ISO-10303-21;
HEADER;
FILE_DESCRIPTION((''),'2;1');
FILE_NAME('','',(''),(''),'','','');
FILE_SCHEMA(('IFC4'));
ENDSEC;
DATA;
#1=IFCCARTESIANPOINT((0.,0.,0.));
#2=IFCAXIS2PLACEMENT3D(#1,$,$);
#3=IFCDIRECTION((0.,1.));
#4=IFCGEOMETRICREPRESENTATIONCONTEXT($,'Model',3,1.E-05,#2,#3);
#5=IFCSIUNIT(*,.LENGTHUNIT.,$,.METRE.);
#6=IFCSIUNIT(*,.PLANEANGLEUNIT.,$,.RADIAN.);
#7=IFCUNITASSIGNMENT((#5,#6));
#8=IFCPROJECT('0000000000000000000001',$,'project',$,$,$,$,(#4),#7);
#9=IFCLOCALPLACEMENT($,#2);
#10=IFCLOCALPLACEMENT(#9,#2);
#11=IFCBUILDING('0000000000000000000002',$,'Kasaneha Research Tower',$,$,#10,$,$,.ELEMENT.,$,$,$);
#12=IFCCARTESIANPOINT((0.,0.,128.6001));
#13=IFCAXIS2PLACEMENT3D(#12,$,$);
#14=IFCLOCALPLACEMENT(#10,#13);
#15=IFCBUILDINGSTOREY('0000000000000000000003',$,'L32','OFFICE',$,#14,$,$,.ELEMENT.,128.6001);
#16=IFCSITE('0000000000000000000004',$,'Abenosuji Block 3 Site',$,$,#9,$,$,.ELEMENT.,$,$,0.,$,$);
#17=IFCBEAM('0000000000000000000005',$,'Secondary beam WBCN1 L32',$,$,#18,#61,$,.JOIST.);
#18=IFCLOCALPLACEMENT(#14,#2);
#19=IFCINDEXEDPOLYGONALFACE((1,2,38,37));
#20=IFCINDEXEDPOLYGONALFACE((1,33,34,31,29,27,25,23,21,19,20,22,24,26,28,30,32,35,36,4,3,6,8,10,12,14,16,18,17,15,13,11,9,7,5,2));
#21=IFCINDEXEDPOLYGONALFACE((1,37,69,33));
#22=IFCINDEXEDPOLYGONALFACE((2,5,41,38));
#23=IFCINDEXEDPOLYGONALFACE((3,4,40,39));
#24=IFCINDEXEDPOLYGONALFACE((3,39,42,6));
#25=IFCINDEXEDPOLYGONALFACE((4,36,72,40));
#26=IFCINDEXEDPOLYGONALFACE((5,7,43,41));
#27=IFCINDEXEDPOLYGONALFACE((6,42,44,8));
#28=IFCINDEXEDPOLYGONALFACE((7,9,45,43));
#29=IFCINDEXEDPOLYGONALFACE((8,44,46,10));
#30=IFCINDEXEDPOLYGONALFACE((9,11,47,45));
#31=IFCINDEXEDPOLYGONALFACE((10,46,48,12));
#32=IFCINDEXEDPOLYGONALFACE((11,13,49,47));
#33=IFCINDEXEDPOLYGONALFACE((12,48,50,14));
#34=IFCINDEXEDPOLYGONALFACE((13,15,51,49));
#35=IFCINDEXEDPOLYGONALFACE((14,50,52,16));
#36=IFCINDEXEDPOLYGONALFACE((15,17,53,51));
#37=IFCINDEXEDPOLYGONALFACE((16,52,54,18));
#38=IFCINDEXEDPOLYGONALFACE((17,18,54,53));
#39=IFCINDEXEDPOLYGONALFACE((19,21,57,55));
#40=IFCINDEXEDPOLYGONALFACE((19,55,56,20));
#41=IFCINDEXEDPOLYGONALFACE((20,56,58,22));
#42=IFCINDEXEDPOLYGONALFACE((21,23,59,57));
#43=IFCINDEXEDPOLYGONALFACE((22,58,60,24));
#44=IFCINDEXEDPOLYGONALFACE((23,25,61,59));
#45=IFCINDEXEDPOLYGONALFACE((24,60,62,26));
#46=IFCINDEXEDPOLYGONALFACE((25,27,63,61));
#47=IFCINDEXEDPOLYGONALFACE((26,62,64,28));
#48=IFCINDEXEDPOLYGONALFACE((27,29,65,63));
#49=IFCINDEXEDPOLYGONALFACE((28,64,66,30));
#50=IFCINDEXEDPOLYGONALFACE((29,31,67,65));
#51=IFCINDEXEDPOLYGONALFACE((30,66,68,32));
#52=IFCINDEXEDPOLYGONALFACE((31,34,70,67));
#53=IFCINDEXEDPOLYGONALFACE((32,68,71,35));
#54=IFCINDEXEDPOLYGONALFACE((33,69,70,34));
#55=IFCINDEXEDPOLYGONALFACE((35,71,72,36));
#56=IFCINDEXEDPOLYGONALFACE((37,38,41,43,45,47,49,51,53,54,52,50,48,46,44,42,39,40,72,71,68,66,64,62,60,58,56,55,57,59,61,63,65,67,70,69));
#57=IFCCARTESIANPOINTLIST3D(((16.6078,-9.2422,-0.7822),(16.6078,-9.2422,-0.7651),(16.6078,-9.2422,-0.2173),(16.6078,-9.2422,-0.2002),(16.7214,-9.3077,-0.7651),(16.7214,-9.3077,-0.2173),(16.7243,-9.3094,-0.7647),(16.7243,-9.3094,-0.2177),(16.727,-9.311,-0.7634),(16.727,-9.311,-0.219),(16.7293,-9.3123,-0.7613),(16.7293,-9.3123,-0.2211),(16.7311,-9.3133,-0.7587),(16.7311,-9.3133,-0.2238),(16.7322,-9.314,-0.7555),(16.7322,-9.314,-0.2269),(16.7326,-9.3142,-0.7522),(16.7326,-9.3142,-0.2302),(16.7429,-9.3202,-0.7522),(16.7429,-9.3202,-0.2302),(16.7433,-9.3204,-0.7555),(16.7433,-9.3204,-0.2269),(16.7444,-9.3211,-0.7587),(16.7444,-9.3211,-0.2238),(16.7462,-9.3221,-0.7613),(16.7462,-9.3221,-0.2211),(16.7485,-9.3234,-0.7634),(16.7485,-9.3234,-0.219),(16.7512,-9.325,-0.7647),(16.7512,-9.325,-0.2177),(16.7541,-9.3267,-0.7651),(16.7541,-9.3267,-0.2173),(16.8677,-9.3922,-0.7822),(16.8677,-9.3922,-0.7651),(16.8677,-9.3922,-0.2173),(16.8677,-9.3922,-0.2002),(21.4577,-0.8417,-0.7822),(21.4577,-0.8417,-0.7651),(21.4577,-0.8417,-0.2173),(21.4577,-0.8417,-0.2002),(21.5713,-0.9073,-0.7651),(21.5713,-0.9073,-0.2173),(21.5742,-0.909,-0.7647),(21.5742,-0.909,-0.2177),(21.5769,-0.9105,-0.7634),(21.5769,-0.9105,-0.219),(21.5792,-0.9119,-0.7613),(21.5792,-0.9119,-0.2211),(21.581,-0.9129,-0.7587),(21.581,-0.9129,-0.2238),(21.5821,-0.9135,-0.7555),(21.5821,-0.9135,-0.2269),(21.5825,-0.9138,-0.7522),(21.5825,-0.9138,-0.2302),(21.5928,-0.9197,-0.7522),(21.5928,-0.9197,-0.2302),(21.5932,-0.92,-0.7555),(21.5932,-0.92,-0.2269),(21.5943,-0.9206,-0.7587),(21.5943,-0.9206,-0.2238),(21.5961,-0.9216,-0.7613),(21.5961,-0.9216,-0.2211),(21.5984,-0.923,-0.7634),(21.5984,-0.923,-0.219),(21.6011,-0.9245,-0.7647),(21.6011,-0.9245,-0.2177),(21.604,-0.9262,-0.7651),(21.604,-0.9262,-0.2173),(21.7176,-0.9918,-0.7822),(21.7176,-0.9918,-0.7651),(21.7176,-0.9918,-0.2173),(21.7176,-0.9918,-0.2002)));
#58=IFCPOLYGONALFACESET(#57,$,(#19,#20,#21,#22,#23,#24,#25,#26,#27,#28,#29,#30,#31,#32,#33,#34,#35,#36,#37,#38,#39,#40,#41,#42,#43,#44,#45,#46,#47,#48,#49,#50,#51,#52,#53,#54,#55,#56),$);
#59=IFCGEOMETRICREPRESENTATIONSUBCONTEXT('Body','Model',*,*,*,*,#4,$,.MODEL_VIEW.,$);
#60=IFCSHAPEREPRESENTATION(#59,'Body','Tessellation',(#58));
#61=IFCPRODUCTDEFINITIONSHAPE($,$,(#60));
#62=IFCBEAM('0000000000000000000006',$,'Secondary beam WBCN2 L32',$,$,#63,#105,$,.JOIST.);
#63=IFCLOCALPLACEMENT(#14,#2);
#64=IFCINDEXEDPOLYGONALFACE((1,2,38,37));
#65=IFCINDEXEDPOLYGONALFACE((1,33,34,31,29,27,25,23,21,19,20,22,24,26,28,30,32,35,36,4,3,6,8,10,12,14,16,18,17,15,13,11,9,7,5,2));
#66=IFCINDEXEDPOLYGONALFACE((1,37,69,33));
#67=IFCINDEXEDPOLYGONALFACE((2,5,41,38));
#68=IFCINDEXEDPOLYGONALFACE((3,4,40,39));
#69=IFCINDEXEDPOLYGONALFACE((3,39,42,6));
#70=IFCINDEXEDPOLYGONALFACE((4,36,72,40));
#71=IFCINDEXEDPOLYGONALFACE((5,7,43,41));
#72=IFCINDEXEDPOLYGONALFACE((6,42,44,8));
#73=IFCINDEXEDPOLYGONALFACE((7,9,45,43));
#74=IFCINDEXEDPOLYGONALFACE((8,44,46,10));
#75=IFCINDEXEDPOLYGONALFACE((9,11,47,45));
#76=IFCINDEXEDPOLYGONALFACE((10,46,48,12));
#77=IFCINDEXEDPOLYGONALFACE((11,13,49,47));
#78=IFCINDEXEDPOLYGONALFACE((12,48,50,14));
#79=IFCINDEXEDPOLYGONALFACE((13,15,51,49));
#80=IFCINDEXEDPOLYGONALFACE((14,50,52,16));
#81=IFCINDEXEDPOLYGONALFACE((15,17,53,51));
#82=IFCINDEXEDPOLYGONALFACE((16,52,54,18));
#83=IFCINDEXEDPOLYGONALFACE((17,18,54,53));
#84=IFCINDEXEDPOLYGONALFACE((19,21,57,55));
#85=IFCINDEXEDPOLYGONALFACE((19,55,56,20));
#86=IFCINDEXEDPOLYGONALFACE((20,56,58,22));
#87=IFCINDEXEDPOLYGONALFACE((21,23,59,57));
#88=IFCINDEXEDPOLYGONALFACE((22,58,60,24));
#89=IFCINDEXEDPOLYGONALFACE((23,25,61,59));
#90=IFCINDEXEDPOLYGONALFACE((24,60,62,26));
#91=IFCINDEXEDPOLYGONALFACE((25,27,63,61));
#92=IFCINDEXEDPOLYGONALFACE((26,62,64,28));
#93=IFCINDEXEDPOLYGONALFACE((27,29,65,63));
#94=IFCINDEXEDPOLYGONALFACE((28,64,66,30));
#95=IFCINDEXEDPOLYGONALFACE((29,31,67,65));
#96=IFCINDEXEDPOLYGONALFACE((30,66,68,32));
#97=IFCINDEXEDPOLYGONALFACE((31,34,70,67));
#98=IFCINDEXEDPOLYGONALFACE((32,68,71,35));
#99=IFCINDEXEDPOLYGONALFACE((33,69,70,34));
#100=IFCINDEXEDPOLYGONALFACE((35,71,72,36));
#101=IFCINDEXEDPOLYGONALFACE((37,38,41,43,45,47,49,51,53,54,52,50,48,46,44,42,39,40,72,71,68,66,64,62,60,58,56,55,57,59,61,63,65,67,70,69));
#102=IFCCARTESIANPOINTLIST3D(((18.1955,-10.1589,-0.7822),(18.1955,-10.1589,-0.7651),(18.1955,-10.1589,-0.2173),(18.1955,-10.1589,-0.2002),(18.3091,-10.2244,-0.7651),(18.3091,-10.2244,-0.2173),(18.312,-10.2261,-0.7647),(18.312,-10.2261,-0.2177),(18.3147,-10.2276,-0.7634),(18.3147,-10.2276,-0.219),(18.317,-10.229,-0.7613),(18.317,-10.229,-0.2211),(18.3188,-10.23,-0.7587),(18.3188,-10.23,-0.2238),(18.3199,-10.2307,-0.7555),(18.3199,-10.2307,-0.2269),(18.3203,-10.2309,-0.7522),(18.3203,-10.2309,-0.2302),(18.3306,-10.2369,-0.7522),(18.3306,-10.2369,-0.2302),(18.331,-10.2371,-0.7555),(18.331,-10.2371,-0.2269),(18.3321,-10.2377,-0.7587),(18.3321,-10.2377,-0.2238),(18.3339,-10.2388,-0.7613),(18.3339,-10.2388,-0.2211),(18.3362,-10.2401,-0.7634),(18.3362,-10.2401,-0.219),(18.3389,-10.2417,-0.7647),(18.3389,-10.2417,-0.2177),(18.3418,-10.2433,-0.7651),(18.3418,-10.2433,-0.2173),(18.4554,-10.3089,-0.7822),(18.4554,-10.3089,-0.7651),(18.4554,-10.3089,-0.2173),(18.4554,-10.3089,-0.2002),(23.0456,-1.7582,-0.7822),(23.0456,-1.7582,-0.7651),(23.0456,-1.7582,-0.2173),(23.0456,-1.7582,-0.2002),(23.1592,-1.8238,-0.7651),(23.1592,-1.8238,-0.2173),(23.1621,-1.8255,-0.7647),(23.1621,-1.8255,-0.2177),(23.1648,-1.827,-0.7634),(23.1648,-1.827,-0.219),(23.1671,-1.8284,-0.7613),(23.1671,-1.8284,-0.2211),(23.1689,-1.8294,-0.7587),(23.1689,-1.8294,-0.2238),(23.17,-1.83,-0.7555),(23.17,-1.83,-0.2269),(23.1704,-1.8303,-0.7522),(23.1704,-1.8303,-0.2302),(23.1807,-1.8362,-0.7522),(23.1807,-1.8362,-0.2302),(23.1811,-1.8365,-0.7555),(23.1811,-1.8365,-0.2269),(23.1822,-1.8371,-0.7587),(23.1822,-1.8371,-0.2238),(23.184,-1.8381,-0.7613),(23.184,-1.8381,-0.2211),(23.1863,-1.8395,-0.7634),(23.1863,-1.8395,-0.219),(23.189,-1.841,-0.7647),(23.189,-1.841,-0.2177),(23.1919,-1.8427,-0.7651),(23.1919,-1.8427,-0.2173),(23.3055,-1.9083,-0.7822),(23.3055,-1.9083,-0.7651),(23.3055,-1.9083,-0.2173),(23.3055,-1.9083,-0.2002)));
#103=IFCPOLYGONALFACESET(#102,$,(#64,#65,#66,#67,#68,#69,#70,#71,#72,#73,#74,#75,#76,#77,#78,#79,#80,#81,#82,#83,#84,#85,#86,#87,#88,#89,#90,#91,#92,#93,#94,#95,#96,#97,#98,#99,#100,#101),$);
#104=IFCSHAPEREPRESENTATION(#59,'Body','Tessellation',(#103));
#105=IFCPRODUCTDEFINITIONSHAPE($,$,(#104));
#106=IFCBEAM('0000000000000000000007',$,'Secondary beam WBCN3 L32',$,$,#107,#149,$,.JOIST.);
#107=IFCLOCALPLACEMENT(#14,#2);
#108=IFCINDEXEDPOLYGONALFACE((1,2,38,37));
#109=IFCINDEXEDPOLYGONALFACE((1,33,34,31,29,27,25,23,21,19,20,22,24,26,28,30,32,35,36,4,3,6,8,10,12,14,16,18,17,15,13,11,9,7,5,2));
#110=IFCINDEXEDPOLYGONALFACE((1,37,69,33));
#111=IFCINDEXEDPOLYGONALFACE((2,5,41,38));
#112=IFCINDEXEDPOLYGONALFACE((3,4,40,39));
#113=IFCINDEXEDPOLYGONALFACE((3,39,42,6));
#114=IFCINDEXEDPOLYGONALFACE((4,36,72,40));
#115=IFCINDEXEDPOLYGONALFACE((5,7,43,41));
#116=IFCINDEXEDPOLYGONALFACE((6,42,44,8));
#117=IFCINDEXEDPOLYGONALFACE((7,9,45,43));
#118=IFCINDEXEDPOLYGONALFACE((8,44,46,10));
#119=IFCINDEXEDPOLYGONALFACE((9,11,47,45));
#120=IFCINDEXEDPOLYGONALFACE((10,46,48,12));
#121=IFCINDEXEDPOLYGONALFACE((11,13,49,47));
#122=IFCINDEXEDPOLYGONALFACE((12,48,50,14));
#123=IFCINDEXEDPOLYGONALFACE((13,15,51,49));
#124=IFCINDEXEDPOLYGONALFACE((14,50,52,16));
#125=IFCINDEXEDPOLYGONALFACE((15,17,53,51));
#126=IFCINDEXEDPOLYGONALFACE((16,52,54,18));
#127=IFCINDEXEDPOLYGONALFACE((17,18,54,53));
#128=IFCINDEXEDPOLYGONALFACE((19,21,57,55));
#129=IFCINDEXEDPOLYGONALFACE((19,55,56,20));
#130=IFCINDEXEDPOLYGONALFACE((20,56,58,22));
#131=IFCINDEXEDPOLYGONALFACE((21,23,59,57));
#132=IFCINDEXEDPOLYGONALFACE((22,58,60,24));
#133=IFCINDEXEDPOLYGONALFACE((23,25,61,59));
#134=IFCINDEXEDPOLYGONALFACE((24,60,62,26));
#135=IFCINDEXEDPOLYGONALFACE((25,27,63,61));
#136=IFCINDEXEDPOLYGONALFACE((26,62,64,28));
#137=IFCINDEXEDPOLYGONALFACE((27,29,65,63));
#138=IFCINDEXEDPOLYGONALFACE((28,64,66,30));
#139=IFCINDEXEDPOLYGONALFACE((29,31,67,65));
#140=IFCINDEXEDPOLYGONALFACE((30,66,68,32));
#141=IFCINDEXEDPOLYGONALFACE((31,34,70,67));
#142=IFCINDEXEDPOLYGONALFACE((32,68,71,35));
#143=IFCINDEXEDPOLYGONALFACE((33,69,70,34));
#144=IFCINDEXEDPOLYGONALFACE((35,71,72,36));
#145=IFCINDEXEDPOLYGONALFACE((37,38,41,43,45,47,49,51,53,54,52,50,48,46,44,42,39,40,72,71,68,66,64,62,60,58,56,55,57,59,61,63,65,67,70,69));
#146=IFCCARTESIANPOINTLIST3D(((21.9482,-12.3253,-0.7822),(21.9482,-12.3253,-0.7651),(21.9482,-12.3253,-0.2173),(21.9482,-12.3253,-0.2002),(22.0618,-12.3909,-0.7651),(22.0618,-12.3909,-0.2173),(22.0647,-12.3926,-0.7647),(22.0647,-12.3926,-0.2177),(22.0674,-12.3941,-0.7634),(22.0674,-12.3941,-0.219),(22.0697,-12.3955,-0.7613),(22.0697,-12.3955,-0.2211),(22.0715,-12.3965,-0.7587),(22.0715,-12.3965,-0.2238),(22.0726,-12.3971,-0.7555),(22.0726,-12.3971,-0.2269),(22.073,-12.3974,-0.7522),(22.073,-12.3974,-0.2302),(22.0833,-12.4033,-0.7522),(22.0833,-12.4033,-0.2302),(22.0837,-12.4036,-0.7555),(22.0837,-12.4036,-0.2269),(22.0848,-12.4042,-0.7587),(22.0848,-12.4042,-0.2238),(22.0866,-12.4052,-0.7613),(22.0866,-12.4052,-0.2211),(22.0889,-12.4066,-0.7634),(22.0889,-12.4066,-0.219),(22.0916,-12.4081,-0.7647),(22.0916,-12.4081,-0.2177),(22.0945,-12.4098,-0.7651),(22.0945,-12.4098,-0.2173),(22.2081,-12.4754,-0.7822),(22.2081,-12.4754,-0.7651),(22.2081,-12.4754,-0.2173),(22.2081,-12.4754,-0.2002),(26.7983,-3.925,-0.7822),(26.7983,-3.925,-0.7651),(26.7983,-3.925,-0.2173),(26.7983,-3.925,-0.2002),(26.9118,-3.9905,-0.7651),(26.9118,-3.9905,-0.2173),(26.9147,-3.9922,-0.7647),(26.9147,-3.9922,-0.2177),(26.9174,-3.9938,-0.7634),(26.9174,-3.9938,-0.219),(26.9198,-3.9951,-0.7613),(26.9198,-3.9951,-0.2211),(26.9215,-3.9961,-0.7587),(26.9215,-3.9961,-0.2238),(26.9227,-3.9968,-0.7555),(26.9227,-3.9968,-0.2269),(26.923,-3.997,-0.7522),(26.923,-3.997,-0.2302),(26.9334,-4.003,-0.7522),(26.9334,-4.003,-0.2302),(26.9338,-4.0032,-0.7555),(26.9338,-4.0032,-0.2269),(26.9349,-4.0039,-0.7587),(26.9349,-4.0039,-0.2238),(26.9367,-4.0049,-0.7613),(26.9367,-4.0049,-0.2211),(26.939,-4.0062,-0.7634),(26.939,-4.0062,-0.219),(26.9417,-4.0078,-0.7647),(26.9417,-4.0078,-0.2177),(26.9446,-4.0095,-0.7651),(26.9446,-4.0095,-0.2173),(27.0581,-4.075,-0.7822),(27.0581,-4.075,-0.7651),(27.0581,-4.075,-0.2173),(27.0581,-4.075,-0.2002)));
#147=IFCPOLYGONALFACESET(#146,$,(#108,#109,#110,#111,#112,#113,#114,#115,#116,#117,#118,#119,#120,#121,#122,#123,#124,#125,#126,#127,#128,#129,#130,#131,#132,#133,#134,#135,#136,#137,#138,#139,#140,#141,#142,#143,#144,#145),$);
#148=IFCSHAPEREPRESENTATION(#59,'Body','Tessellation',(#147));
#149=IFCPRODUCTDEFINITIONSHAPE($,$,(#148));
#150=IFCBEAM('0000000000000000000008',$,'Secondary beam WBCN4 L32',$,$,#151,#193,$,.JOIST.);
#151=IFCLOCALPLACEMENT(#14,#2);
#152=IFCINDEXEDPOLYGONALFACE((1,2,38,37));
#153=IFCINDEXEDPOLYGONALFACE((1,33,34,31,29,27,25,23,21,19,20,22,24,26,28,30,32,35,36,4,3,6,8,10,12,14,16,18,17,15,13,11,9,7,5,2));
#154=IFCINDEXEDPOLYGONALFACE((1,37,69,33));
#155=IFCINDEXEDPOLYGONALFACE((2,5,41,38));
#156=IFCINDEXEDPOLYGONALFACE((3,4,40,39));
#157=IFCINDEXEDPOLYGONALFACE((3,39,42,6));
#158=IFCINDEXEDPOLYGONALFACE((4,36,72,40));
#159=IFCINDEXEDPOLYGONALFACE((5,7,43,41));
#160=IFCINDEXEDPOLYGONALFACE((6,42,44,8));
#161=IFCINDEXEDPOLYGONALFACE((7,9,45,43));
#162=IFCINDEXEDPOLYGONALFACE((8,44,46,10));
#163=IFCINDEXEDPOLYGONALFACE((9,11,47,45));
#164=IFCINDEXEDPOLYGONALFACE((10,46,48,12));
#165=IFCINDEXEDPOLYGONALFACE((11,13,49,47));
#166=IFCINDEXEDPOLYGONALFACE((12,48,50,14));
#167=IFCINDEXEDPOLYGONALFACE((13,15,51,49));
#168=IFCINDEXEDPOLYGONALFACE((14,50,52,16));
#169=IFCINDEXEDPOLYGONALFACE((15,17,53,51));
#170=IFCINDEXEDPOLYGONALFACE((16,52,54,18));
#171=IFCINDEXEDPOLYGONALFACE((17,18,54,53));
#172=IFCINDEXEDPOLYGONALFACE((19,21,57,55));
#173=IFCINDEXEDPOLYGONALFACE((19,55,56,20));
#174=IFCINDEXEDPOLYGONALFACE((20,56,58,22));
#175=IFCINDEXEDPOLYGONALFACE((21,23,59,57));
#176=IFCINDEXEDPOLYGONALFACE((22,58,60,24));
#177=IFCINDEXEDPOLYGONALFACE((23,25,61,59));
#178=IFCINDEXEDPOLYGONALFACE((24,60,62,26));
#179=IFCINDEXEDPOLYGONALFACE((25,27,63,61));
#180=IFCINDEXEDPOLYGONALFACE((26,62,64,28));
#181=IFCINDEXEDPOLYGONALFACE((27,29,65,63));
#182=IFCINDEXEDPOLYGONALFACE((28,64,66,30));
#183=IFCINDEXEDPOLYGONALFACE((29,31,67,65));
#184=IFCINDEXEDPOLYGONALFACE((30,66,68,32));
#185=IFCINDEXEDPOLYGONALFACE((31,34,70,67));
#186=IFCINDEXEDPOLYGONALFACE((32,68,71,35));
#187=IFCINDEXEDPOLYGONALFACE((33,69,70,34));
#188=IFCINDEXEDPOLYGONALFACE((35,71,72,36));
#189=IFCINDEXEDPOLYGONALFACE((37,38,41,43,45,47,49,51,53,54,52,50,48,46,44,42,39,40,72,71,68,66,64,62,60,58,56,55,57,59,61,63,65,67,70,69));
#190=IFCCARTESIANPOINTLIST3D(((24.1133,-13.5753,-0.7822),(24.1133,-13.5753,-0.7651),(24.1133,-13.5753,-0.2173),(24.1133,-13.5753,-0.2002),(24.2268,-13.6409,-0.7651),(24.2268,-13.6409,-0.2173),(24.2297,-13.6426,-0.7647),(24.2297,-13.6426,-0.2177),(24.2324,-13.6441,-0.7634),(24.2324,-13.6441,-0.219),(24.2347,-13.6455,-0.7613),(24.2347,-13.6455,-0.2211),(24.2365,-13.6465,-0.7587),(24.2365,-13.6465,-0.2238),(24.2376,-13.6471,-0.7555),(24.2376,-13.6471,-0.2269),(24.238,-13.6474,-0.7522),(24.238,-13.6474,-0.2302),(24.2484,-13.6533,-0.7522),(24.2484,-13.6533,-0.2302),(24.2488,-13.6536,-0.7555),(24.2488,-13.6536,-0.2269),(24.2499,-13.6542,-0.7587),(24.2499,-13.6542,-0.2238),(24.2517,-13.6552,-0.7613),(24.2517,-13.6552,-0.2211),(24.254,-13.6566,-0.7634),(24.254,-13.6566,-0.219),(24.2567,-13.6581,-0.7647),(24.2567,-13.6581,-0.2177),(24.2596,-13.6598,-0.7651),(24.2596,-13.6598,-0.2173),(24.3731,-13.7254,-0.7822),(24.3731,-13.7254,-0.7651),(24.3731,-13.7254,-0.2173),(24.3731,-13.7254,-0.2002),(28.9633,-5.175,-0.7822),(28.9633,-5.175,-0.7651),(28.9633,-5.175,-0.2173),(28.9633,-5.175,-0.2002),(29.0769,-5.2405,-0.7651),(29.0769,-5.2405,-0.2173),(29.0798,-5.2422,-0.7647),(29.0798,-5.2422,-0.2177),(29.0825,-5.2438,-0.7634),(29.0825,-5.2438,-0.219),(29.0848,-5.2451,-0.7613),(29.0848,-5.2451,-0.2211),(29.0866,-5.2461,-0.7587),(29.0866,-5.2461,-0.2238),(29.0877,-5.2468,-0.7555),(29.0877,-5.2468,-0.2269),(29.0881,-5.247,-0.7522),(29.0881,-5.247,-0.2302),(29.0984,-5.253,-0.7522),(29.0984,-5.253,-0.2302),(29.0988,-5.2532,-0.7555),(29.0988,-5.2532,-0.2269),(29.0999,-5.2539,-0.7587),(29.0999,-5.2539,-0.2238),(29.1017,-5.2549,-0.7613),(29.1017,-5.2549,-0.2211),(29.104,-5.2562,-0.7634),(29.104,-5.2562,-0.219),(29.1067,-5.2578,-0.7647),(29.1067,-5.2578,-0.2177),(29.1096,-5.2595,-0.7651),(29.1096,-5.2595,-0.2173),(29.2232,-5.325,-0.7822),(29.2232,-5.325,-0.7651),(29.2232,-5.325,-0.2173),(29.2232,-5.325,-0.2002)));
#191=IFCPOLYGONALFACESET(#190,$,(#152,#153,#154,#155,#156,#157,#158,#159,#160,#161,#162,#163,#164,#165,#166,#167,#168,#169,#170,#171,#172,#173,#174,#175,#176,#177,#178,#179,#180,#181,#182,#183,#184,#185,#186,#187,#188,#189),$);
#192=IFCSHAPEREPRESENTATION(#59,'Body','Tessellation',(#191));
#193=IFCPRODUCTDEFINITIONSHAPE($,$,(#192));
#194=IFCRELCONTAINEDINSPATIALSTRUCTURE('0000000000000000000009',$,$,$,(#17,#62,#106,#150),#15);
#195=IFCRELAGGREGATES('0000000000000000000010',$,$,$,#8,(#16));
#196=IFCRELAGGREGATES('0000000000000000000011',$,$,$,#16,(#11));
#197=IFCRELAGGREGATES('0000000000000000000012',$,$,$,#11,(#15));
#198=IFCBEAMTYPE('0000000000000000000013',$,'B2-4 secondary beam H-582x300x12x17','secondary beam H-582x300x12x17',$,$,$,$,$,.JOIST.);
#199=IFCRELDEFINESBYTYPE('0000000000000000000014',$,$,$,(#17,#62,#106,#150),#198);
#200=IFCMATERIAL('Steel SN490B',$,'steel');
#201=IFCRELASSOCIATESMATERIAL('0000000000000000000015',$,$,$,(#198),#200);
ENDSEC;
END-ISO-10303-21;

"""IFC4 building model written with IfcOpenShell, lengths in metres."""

from ifc_helpers import new_model, si_unit, direction, frame, origin, origin_2d, place, context, subcontext, project, spatial, i_section, extrude, material, material_profile, profile_set, type_object, element, save


model = new_model("IFC4")

# Units and contexts
model_context = context("Model", 3, precision=1e-05, world=origin(), true_north=direction((0.0, 1.0)))
body_context = subcontext(model_context, "Body", "Model", "MODEL_VIEW")
ifc_project = project(units=[si_unit("LENGTHUNIT", "METRE"), si_unit("PLANEANGLEUNIT", "RADIAN")], contexts=[model_context])

# Site, building, storey
site_placement = place(None, origin())
site = spatial("IfcSite", under=ifc_project, at=site_placement, Name="Abenosuji Block 3 Site", CompositionType="ELEMENT", RefElevation=0.0)
building_placement = place(site_placement, origin())
building = spatial("IfcBuilding", under=site, at=building_placement, Name="Kasaneha Research Tower", CompositionType="ELEMENT")
storey_placement = place(building_placement, frame((0.0, 0.0, 128.6001)))
storey = spatial("IfcBuildingStorey", under=building, at=storey_placement, Name="L32", Description="OFFICE", CompositionType="ELEMENT", Elevation=128.6001)

# Beams
ifc_material_1 = material(Name="Steel SN490B", Category="steel")
ifc_material_profile_1 = material_profile(ifc_material_1, i_section(OverallWidth=0.3, OverallDepth=0.582, WebThickness=0.012, FlangeThickness=0.0171, FilletRadius=0.0129, at=origin_2d()), Name="H-582x300x12x17")
ifc_profile_set_1 = profile_set([ifc_material_profile_1], Name="Steel SN490B")
beam_type_1 = type_object("IfcBeamType", Name="B2-4 secondary beam H-582x300x12x17", Description="secondary beam H-582x300x12x17", PredefinedType="JOIST", material=ifc_profile_set_1)
for number, where, z_axis, x_axis, name in (
    (1, (21.5876, -0.9167, -0.4912), (-0.499991, -0.866031, 0.0), (0.866031, -0.499991, 0.0), "Secondary beam WBCN1 L32"),
):
    element("IfcBeam", number, at=place(storey_placement, frame(where, z_axis=z_axis, x_axis=x_axis)), inside=storey, type_object=beam_type_1, Name=name, PredefinedType="JOIST", context=body_context, shape_type="SweptSolid", body=[
        extrude(i_section(OverallWidth=0.3, OverallDepth=0.582, WebThickness=0.012, FlangeThickness=0.0171, FilletRadius=0.0129, at=origin_2d()), origin(), (0.0, 0.0, 1.0), 9.7),
    ])
beam_1_placement = place(storey_placement, frame((23.1755, -1.8333, -0.4912), z_axis=(-0.499999, -0.866026, 0.0), x_axis=(0.866026, -0.499999, 0.0)))
element("IfcBeam", 2, at=beam_1_placement, inside=storey, type_object=beam_type_1, Name="Secondary beam WBCN2 L32", PredefinedType="JOIST", context=body_context, shape_type="SweptSolid", body=[
    extrude(i_section(OverallWidth=0.3, OverallDepth=0.582, WebThickness=0.012, FlangeThickness=0.0171, FilletRadius=0.0129, at=origin_2d()), origin(), (0.0, 0.0, 1.0), 9.7002),
])
for number, where, z_axis, x_axis, name in (
    (3, (26.9282, -4.0, -0.4912), (-0.50001, -0.86602, 0.0), (0.86602, -0.50001, 0.0), "Secondary beam WBCN3 L32"),
    (4, (29.0933, -5.25, -0.4912), (-0.50001, -0.86602, 0.0), (0.86602, -0.50001, 0.0), "Secondary beam WBCN4 L32"),
):
    element("IfcBeam", number, at=place(storey_placement, frame(where, z_axis=z_axis, x_axis=x_axis)), inside=storey, type_object=beam_type_1, Name=name, PredefinedType="JOIST", context=body_context, shape_type="SweptSolid", body=[
        extrude(i_section(OverallWidth=0.3, OverallDepth=0.582, WebThickness=0.012, FlangeThickness=0.0171, FilletRadius=0.0129, at=origin_2d()), origin(), (0.0, 0.0, 1.0), 9.7),
    ])

save(model, "model.ifc")
